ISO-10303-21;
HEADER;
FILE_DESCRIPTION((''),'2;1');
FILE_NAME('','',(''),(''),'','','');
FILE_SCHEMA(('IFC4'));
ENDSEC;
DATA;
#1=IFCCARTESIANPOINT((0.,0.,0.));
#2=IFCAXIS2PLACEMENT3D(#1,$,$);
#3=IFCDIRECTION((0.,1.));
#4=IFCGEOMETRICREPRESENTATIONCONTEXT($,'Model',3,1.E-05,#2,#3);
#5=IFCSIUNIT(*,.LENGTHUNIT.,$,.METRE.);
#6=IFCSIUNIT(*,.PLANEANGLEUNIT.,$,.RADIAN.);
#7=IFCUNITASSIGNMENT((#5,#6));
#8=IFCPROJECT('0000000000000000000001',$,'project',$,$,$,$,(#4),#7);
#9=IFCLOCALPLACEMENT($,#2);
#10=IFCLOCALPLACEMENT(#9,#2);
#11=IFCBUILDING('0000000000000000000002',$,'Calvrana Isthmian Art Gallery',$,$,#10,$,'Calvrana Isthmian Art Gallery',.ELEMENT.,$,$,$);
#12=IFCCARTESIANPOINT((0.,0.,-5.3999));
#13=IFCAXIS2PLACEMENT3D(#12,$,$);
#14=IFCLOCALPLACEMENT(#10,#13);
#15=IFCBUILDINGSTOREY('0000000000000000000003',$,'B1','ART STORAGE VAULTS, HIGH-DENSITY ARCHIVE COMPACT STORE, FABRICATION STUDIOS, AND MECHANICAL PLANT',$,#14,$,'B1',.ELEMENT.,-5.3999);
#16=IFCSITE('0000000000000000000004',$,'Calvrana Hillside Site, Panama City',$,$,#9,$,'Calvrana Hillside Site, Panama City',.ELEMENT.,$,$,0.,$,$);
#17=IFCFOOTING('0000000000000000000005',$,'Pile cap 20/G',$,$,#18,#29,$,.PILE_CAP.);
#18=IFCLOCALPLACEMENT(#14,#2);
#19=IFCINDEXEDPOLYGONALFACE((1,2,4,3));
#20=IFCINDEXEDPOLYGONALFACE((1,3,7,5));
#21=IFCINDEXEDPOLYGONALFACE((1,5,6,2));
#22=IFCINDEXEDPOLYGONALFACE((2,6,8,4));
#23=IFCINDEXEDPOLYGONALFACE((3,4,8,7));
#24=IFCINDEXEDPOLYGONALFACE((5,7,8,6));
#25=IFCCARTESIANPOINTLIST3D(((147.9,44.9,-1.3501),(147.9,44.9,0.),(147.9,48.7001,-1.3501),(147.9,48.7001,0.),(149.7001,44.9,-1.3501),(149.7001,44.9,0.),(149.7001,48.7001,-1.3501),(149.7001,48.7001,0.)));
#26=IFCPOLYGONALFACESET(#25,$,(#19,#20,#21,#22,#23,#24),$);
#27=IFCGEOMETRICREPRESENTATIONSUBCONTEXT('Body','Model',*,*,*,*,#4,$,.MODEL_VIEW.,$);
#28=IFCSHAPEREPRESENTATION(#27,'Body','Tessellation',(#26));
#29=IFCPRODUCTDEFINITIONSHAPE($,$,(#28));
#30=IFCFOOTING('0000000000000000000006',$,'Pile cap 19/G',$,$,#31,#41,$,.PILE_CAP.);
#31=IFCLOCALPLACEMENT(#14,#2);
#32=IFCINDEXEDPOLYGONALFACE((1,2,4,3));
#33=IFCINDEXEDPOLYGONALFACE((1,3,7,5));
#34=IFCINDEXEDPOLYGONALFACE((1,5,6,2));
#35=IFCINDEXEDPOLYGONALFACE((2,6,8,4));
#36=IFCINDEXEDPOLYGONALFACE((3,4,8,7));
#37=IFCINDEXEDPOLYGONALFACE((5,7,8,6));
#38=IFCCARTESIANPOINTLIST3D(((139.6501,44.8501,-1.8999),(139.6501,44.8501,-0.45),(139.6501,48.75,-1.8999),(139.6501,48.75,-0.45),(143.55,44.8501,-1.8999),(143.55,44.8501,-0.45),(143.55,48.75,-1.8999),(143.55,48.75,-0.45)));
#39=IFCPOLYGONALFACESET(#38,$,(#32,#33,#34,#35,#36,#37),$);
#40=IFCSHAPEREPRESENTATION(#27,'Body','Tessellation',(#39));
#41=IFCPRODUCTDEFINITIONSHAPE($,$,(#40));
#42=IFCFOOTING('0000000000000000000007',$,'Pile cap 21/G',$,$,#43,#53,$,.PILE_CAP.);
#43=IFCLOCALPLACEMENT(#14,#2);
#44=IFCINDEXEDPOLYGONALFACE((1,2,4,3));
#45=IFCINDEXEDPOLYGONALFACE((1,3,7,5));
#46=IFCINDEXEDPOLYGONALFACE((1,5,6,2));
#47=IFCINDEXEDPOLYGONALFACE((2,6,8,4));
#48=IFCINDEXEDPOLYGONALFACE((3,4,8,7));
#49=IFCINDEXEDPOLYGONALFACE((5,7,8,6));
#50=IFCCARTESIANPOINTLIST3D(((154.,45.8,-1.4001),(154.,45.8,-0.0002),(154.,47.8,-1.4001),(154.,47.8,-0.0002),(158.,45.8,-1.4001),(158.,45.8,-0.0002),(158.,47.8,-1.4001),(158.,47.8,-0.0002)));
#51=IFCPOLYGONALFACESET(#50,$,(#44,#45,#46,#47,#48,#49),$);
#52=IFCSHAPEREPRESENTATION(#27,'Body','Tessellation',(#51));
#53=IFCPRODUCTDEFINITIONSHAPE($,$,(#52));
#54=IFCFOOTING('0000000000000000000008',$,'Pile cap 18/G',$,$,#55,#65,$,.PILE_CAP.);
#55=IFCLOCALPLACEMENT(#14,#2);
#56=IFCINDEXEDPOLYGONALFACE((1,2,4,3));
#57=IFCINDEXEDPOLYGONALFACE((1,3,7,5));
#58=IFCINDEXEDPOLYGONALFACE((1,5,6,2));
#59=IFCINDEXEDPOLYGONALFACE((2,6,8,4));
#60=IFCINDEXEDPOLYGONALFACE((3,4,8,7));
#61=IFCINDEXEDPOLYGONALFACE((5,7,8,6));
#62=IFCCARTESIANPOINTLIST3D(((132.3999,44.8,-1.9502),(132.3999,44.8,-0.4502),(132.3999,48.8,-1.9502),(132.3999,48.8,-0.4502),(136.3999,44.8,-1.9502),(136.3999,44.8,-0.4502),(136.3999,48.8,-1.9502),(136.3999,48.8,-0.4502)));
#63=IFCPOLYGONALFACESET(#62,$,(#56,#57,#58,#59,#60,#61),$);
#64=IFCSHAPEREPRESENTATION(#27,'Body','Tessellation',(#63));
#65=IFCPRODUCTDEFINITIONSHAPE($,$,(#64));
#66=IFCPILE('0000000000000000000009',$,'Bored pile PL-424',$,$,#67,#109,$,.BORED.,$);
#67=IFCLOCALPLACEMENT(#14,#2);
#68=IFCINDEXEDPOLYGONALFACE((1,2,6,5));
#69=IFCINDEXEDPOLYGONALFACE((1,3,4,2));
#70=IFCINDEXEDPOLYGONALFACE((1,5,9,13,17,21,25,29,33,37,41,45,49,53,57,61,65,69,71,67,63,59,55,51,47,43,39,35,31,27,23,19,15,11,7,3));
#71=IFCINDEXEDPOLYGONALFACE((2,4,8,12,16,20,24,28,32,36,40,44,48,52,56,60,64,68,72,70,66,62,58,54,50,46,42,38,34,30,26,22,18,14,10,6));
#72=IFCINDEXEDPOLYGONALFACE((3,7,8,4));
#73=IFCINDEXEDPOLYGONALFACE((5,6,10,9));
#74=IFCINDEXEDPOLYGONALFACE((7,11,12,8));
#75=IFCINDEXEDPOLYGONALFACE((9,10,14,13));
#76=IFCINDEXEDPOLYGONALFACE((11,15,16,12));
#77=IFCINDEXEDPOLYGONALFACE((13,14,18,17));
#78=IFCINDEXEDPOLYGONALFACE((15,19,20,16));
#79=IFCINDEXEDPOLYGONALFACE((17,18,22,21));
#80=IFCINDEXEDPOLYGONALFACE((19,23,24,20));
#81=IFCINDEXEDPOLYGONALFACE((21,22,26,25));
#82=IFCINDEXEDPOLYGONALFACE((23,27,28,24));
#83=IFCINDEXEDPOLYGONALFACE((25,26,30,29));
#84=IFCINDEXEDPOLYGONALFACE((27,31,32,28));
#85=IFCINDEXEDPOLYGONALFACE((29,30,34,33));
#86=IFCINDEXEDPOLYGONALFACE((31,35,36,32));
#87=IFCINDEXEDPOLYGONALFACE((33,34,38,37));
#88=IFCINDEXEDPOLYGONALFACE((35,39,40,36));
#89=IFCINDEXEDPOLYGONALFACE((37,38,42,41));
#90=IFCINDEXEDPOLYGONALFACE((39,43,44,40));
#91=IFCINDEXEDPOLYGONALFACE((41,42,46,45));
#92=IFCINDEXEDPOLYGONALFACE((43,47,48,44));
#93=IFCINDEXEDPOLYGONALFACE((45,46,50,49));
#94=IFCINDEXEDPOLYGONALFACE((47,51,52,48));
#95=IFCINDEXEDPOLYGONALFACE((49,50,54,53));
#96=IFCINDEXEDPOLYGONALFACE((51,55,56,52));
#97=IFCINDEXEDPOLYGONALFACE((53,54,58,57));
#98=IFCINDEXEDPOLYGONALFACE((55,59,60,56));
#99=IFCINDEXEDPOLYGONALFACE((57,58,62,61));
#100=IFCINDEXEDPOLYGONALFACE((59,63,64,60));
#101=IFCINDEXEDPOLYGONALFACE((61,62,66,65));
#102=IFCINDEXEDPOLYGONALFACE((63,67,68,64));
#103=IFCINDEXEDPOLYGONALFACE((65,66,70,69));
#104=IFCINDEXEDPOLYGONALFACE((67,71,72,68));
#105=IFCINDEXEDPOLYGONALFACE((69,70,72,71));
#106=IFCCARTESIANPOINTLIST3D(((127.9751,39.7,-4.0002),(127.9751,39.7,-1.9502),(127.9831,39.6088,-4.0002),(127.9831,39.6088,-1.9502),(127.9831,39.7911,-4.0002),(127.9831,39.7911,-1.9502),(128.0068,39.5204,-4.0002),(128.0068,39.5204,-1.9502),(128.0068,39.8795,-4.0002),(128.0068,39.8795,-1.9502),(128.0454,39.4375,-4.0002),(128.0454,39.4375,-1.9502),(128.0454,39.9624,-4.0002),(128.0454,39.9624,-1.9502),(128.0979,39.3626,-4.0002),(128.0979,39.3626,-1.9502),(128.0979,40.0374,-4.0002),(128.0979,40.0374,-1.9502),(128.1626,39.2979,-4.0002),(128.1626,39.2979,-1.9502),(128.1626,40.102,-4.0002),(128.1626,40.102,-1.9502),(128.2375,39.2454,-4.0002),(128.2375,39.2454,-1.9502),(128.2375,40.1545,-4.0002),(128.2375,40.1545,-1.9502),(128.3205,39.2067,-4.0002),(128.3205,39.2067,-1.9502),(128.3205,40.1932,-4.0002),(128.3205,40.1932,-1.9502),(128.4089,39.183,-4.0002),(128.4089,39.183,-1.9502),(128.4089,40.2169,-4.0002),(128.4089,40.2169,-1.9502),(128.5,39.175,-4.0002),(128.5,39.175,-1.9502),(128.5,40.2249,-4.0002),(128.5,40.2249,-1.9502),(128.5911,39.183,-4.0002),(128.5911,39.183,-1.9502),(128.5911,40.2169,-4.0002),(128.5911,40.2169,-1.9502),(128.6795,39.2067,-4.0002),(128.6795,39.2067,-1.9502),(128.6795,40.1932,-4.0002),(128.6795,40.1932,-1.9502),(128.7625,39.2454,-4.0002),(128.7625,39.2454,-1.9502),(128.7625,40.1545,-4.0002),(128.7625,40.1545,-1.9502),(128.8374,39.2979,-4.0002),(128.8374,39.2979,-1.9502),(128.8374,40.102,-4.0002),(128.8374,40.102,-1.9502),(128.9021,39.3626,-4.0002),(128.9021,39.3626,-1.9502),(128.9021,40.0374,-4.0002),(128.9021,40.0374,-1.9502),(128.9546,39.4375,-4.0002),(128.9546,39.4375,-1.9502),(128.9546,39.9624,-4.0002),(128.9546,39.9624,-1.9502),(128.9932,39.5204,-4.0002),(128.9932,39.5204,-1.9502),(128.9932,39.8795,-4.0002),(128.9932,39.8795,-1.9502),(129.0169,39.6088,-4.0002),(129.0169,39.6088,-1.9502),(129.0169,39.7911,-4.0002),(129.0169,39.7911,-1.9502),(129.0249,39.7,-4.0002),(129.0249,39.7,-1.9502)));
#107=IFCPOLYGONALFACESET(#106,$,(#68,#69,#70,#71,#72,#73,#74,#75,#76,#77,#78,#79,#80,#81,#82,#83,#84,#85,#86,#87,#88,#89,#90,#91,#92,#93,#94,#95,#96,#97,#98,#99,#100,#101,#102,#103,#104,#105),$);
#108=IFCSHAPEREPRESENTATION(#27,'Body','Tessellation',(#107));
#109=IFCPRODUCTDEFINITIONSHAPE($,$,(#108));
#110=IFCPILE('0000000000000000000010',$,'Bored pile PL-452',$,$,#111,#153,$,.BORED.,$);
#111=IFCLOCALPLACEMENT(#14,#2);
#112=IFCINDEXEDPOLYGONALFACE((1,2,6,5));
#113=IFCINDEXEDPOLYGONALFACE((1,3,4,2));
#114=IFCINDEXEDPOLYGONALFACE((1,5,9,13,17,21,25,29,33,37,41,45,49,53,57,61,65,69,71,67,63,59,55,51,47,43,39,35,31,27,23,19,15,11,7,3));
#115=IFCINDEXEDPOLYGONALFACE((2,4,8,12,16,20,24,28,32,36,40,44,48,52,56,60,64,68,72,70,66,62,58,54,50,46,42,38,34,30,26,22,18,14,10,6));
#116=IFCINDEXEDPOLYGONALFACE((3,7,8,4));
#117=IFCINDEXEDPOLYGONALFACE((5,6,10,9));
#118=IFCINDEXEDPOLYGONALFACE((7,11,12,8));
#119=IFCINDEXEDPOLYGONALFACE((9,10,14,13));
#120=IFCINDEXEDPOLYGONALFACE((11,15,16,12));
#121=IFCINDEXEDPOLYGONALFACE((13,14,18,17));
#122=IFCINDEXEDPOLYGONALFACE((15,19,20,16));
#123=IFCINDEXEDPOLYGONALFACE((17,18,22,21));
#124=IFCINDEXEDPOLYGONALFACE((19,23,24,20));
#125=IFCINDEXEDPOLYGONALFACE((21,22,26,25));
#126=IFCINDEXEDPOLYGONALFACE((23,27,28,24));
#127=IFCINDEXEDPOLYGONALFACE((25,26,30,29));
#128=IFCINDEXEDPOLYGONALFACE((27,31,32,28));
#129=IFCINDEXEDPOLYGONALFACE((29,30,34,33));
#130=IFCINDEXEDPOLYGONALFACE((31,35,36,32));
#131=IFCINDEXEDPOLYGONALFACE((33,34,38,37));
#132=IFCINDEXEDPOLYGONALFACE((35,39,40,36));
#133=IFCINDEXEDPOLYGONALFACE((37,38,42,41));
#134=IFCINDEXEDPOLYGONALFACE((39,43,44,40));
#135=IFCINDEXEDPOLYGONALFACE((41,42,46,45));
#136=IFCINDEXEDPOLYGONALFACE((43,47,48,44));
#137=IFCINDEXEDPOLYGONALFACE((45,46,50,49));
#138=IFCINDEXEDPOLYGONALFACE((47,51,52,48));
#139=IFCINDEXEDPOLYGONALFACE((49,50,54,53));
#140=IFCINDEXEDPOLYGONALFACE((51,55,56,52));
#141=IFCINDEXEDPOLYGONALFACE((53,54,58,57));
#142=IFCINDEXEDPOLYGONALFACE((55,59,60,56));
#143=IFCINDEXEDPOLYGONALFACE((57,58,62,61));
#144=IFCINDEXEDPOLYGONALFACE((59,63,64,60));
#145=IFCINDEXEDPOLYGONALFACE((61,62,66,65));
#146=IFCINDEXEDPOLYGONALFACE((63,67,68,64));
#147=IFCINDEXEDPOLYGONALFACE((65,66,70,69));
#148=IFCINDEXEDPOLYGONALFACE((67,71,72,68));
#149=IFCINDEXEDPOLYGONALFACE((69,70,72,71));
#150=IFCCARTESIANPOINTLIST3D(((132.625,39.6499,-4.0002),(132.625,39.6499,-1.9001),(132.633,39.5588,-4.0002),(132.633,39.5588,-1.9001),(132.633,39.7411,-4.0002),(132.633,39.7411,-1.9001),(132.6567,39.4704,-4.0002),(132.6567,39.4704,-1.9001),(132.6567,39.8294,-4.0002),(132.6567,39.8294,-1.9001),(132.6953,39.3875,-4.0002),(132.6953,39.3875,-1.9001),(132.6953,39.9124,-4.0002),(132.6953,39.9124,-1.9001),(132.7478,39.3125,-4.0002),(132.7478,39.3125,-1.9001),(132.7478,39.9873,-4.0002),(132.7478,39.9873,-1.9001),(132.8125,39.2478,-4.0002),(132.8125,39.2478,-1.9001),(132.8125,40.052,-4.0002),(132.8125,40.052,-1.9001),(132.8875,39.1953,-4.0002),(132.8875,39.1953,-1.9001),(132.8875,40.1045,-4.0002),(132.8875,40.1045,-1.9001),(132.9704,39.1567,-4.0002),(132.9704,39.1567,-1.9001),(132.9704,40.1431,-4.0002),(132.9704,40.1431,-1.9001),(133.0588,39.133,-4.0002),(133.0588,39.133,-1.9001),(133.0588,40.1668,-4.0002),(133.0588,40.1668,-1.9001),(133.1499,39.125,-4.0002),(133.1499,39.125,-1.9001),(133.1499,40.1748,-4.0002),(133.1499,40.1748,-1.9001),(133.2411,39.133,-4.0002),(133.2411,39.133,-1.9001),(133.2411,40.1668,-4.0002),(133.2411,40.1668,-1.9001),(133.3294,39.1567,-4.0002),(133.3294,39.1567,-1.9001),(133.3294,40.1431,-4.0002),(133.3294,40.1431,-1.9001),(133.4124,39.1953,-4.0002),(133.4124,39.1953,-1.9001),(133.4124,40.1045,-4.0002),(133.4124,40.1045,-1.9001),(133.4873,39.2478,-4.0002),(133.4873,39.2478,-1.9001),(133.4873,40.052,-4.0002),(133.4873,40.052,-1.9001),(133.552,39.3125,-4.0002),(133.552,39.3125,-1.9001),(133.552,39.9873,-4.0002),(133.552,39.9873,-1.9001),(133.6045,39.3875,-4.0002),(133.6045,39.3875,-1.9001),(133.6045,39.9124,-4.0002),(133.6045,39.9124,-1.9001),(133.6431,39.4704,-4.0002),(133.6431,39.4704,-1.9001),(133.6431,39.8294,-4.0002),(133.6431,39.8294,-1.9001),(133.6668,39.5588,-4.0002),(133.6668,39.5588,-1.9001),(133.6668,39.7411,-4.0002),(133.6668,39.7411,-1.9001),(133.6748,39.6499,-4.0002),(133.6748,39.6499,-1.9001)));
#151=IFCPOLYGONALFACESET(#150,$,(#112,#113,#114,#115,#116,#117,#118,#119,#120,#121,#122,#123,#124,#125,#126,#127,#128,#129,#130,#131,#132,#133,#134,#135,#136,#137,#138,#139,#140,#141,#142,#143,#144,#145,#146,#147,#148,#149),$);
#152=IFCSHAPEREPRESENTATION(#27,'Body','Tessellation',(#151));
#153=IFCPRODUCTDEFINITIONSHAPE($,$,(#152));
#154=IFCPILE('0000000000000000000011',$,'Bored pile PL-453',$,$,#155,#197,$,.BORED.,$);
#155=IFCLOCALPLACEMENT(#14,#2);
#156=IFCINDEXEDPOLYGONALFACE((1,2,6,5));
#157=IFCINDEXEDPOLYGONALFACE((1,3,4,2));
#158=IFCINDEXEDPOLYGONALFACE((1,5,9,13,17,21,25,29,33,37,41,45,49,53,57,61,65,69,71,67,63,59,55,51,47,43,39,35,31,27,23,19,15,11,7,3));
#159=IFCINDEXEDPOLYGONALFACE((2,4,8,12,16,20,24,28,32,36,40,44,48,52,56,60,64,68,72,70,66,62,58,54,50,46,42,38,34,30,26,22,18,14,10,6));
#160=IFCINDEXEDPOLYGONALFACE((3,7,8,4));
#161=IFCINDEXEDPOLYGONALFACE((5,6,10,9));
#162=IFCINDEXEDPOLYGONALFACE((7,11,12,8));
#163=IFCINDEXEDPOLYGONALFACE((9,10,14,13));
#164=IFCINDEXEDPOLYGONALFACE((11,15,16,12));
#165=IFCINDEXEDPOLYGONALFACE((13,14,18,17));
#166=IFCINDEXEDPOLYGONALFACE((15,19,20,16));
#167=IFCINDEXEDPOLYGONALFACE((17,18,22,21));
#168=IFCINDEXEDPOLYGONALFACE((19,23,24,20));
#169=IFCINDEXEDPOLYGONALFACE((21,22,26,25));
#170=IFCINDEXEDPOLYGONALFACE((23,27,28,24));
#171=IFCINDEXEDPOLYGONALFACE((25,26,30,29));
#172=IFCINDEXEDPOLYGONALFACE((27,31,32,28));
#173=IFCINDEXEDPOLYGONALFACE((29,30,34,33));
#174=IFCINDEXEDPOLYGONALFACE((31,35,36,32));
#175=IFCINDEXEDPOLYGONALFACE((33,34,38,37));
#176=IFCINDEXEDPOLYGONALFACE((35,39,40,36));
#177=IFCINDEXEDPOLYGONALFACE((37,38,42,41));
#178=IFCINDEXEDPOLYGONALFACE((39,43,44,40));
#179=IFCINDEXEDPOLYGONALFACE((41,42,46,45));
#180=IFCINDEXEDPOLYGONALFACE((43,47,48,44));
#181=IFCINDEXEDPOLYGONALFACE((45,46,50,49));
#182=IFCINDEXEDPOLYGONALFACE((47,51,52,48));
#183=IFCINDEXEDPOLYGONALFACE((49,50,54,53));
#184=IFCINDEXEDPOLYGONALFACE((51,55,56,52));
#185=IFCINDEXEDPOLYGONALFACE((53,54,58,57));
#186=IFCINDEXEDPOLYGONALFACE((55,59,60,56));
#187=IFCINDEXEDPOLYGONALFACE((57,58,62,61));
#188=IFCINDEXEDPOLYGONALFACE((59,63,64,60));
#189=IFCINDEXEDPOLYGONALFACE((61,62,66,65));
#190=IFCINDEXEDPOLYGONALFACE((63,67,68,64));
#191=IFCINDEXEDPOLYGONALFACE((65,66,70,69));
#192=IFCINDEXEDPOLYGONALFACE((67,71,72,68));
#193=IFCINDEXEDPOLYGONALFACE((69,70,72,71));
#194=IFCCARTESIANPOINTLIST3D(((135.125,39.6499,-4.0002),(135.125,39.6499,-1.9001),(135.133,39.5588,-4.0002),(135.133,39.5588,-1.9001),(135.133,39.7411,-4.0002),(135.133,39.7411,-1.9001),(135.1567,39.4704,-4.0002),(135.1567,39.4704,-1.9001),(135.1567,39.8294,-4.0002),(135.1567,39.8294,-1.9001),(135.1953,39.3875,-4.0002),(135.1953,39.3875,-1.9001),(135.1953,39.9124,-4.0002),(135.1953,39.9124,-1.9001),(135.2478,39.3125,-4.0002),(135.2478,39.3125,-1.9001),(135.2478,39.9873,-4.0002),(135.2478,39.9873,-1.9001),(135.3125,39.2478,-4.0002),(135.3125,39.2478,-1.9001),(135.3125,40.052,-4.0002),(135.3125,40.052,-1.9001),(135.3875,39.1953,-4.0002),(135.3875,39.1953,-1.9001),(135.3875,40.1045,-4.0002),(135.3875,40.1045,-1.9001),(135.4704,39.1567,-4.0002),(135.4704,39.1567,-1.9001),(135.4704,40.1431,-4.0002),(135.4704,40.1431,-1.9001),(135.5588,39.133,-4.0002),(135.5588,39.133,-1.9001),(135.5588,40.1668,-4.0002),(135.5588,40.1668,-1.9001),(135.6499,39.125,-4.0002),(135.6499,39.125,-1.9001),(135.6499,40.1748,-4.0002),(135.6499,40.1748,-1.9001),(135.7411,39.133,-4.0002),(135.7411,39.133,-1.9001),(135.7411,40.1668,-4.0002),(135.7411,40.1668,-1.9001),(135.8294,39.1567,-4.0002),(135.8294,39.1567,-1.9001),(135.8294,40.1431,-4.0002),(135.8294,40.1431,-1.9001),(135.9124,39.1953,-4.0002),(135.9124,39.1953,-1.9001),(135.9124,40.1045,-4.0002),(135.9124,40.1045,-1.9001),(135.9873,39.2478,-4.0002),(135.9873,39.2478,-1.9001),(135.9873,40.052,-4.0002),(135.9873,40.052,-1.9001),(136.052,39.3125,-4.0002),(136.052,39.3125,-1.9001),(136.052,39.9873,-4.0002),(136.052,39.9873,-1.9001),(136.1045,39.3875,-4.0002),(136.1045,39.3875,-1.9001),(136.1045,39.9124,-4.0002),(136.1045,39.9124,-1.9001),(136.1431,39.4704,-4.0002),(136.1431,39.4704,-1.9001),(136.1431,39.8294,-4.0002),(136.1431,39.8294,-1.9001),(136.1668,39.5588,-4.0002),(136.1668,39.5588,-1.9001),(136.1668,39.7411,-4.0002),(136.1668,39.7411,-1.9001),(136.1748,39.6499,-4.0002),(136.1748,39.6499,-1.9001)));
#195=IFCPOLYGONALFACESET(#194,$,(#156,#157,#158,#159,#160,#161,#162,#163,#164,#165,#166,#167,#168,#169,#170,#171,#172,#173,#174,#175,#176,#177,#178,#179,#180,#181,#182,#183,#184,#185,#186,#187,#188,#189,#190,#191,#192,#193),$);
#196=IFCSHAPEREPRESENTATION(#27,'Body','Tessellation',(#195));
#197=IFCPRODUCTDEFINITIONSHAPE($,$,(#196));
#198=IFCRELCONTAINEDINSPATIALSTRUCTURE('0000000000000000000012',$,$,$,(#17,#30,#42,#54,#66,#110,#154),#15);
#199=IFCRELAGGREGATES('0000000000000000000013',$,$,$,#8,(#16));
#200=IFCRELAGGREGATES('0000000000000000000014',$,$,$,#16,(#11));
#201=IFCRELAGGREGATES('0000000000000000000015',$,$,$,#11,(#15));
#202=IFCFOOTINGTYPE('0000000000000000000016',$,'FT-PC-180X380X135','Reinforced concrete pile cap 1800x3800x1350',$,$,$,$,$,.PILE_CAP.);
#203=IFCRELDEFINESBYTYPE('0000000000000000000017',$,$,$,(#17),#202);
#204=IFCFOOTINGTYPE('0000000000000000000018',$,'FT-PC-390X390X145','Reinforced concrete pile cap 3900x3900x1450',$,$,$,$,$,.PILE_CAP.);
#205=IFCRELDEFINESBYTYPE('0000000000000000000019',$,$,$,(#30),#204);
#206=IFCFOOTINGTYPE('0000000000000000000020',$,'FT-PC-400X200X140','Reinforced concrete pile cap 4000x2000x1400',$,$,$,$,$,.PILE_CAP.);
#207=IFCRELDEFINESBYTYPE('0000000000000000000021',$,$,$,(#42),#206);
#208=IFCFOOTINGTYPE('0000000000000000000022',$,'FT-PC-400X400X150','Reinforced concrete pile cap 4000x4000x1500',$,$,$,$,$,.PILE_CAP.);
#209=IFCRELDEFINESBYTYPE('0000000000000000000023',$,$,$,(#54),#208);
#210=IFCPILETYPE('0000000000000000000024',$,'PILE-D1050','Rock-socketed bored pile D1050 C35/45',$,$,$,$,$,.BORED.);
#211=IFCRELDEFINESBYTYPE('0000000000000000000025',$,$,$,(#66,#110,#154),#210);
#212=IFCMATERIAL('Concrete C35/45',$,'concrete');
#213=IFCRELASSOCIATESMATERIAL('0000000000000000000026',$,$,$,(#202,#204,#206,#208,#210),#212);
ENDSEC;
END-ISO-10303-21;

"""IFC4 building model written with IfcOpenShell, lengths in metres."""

from ifc_helpers import new_model, si_unit, direction, frame, origin, origin_2d, place, context, subcontext, project, spatial, rectangle, circle, extrude, material, material_profile, profile_set, type_object, element, save


model = new_model("IFC4")

# Units and contexts
model_context = context("Model", 3, precision=1e-05, world=origin(), true_north=direction((0.0, 1.0)))
body_context = subcontext(model_context, "Body", "Model", "MODEL_VIEW")
ifc_project = project(units=[si_unit("LENGTHUNIT", "METRE"), si_unit("PLANEANGLEUNIT", "RADIAN")], contexts=[model_context])

# Site, building, storey
site_placement = place(None, origin())
site = spatial("IfcSite", under=ifc_project, at=site_placement, Name="Calvrana Hillside Site, Panama City", LongName="Calvrana Hillside Site, Panama City", CompositionType="ELEMENT", RefElevation=0.0)
building_placement = place(site_placement, origin())
building = spatial("IfcBuilding", under=site, at=building_placement, Name="Calvrana Isthmian Art Gallery", LongName="Calvrana Isthmian Art Gallery", CompositionType="ELEMENT")
storey_placement = place(building_placement, frame((0.0, 0.0, -5.3999)))
storey = spatial("IfcBuildingStorey", under=building, at=storey_placement, Name="B1", Description="ART STORAGE VAULTS, HIGH-DENSITY ARCHIVE COMPACT STORE, FABRICATION STUDIOS, AND MECHANICAL PLANT", LongName="B1", CompositionType="ELEMENT", Elevation=-5.3999)

# Footings
ifc_material_1 = material(Name="Concrete C35/45", Category="concrete")
footing_type_1 = type_object("IfcFootingType", Name="FT-PC-180X380X135", Description="Reinforced concrete pile cap 1800x3800x1350", PredefinedType="PILE_CAP", material=ifc_material_1)
footing_1_placement = place(storey_placement, frame((148.8, 46.8, -1.3501), z_axis=(0.0, 0.0, 1.0), x_axis=(1.0, 0.0, 0.0)))
element("IfcFooting", 1, at=footing_1_placement, inside=storey, type_object=footing_type_1, Name="Pile cap 20/G", PredefinedType="PILE_CAP", context=body_context, shape_type="SweptSolid", body=[
    extrude(rectangle(XDim=1.8, YDim=3.8, at=origin_2d()), origin(), (0.0, 0.0, 1.0), 1.3501),
])
footing_type_2 = type_object("IfcFootingType", Name="FT-PC-390X390X145", Description="Reinforced concrete pile cap 3900x3900x1450", PredefinedType="PILE_CAP", material=ifc_material_1)
footing_2_placement = place(storey_placement, frame((141.6001, 46.8, -1.8999), z_axis=(0.0, 0.0, 1.0), x_axis=(1.0, 0.0, 0.0)))
element("IfcFooting", 2, at=footing_2_placement, inside=storey, type_object=footing_type_2, Name="Pile cap 19/G", PredefinedType="PILE_CAP", context=body_context, shape_type="SweptSolid", body=[
    extrude(rectangle(XDim=3.8999, YDim=3.8999, at=origin_2d()), origin(), (0.0, 0.0, 1.0), 1.45),
])
footing_type_3 = type_object("IfcFootingType", Name="FT-PC-400X200X140", Description="Reinforced concrete pile cap 4000x2000x1400", PredefinedType="PILE_CAP", material=ifc_material_1)
footing_3_placement = place(storey_placement, frame((156.0, 46.8, -1.4001), z_axis=(0.0, 0.0, 1.0), x_axis=(1.0, 0.0, 0.0)))
element("IfcFooting", 3, at=footing_3_placement, inside=storey, type_object=footing_type_3, Name="Pile cap 21/G", PredefinedType="PILE_CAP", context=body_context, shape_type="SweptSolid", body=[
    extrude(rectangle(XDim=4.0, YDim=2.0, at=origin_2d()), origin(), (0.0, 0.0, 1.0), 1.3999),
])
footing_type_4 = type_object("IfcFootingType", Name="FT-PC-400X400X150", Description="Reinforced concrete pile cap 4000x4000x1500", PredefinedType="PILE_CAP", material=ifc_material_1)
footing_4_placement = place(storey_placement, frame((134.3999, 46.8, -1.9502), z_axis=(0.0, 0.0, 1.0), x_axis=(1.0, 0.0, 0.0)))
element("IfcFooting", 4, at=footing_4_placement, inside=storey, type_object=footing_type_4, Name="Pile cap 18/G", PredefinedType="PILE_CAP", context=body_context, shape_type="SweptSolid", body=[
    extrude(rectangle(XDim=4.0, YDim=4.0, at=origin_2d()), origin(), (0.0, 0.0, 1.0), 1.5),
])

# Piles
ifc_material_profile_1 = material_profile(ifc_material_1, circle(Radius=0.5249, at=origin_2d()), Name="PILE1050D")
ifc_profile_set_1 = profile_set([ifc_material_profile_1], Name="Concrete C35/45")
pile_type_1 = type_object("IfcPileType", Name="PILE-D1050", Description="Rock-socketed bored pile D1050 C35/45", PredefinedType="BORED", material=ifc_profile_set_1)
pile_placement = place(storey_placement, frame((128.5, 39.7, -1.9502), z_axis=(0.0, 0.0, -1.0), x_axis=(1.0, 0.0, 0.0)))
element("IfcPile", 5, at=pile_placement, inside=storey, type_object=pile_type_1, Name="Bored pile PL-424", PredefinedType="BORED", context=body_context, shape_type="SweptSolid", body=[
    extrude(circle(Radius=0.5249, at=origin_2d()), origin(), (0.0, 0.0, 1.0), 2.05),
])
for number, where, z_axis, x_axis, name in (
    (6, (133.1499, 39.6499, -1.9001), (0.0, 0.0, -1.0), (1.0, 0.0, 0.0), "Bored pile PL-452"),
    (7, (135.6499, 39.6499, -1.9001), (0.0, 0.0, -1.0), (1.0, 0.0, 0.0), "Bored pile PL-453"),
):
    element("IfcPile", number, at=place(storey_placement, frame(where, z_axis=z_axis, x_axis=x_axis)), inside=storey, type_object=pile_type_1, Name=name, PredefinedType="BORED", context=body_context, shape_type="SweptSolid", body=[
        extrude(circle(Radius=0.5249, at=origin_2d()), origin(), (0.0, 0.0, 1.0), 2.1001),
    ])

save(model, "model.ifc")
